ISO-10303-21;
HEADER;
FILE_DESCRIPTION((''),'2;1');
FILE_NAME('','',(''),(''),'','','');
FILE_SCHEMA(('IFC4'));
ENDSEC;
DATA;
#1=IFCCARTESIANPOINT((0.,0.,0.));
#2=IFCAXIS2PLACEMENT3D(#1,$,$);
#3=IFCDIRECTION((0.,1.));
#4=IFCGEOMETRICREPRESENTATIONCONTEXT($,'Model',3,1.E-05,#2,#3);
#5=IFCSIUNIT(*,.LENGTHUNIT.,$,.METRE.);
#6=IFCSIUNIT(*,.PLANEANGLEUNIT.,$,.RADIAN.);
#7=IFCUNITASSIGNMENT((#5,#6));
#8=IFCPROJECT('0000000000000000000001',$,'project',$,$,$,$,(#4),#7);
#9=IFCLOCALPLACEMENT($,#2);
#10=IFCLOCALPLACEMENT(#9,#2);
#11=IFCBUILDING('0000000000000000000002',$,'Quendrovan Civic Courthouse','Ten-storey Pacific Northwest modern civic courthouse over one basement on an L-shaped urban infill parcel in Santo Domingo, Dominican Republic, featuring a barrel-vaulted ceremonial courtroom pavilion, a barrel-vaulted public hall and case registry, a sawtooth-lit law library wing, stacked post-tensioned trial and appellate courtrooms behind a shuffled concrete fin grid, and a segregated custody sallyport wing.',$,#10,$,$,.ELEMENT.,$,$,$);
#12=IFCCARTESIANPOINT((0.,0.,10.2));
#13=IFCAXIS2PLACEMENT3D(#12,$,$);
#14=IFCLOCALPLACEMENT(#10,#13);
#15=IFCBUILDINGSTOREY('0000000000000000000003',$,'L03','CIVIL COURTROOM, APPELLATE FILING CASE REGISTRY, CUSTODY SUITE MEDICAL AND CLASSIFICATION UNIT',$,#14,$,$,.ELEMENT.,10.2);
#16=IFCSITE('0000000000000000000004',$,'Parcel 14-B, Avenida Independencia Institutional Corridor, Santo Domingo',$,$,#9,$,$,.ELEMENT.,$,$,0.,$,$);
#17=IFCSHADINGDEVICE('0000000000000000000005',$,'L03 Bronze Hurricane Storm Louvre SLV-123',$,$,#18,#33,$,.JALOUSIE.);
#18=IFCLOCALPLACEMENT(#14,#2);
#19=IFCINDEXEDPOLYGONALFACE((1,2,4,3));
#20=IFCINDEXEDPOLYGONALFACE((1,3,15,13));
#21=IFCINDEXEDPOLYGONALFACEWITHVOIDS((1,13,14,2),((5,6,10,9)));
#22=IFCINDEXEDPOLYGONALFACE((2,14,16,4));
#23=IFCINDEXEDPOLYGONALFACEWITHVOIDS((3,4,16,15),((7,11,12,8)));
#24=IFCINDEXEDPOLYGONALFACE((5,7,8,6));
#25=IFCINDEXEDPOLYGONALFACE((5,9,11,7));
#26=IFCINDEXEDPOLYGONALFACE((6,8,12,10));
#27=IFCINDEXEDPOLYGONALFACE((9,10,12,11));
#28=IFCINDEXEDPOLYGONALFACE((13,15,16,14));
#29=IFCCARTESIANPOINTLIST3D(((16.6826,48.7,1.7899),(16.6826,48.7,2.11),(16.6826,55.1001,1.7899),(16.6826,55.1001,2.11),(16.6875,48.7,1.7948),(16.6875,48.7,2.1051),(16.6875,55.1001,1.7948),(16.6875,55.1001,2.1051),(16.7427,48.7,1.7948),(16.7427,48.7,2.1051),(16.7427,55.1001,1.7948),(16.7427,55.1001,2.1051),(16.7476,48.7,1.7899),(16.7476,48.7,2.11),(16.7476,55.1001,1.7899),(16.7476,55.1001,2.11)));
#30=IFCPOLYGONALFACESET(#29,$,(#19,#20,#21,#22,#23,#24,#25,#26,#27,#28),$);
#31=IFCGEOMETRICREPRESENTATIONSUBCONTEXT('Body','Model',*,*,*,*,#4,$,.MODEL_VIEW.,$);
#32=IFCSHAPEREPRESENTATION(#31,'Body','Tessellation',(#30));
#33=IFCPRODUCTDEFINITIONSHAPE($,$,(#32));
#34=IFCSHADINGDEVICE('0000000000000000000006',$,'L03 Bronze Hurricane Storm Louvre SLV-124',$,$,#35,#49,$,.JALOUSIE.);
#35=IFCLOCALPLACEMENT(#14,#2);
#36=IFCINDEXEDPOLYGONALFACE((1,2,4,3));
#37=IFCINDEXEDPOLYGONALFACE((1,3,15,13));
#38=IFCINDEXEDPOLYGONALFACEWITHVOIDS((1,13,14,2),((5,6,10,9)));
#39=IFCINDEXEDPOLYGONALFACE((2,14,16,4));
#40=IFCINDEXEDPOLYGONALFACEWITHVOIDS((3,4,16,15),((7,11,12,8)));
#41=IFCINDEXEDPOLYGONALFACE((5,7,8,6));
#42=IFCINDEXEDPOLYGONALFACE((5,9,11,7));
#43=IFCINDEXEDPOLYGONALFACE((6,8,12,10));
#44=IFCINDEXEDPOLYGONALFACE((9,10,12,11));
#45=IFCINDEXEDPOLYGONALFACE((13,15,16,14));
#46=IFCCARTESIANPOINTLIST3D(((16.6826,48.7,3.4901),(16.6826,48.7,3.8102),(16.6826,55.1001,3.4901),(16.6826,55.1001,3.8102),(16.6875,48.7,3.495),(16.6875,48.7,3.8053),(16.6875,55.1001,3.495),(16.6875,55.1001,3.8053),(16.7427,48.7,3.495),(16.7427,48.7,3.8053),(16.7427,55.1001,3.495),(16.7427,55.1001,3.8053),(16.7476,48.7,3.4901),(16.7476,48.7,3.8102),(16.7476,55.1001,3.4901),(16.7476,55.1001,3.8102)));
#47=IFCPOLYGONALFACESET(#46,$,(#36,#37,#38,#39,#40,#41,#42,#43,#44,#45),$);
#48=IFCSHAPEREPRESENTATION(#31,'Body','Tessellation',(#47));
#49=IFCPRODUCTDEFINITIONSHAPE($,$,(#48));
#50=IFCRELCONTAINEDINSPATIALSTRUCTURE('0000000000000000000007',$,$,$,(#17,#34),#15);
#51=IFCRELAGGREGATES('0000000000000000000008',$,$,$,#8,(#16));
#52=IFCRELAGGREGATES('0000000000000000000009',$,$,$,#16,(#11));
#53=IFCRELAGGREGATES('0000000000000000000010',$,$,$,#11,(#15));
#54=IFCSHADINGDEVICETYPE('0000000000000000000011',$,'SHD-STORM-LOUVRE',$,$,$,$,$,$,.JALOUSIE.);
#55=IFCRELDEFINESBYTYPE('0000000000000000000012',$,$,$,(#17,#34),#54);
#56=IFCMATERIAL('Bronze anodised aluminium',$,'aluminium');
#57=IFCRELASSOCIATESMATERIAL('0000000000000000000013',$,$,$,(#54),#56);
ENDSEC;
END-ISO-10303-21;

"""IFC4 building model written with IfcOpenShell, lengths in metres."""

from ifc_helpers import new_model, si_unit, direction, frame, origin, origin_2d, place, context, subcontext, project, spatial, hollow_rectangle, extrude, material, material_profile, profile_set, type_object, element, save


model = new_model("IFC4")

# Units and contexts
model_context = context("Model", 3, precision=1e-05, world=origin(), true_north=direction((0.0, 1.0)))
body_context = subcontext(model_context, "Body", "Model", "MODEL_VIEW")
ifc_project = project(units=[si_unit("LENGTHUNIT", "METRE"), si_unit("PLANEANGLEUNIT", "RADIAN")], contexts=[model_context])

# Site, building, storey
site_placement = place(None, origin())
site = spatial("IfcSite", under=ifc_project, at=site_placement, Name="Parcel 14-B, Avenida Independencia Institutional Corridor, Santo Domingo", CompositionType="ELEMENT", RefElevation=0.0)
building_placement = place(site_placement, origin())
building = spatial("IfcBuilding", under=site, at=building_placement, Name="Quendrovan Civic Courthouse", Description="Ten-storey Pacific Northwest modern civic courthouse over one basement on an L-shaped urban infill parcel in Santo Domingo, Dominican Republic, featuring a barrel-vaulted ceremonial courtroom pavilion, a barrel-vaulted public hall and case registry, a sawtooth-lit law library wing, stacked post-tensioned trial and appellate courtrooms behind a shuffled concrete fin grid, and a segregated custody sallyport wing.", CompositionType="ELEMENT")
storey_placement = place(building_placement, frame((0.0, 0.0, 10.2)))
storey = spatial("IfcBuildingStorey", under=building, at=storey_placement, Name="L03", Description="CIVIL COURTROOM, APPELLATE FILING CASE REGISTRY, CUSTODY SUITE MEDICAL AND CLASSIFICATION UNIT", CompositionType="ELEMENT", Elevation=10.2)

# Shared definitions
ifc_material_1 = material(Name="Bronze anodised aluminium", Category="aluminium")

# Shading devices
ifc_material_profile_1 = material_profile(ifc_material_1, hollow_rectangle(XDim=0.0649, YDim=0.3201, WallThickness=0.0049, at=origin_2d()), Name="AL-LOUVRE-65x320")
ifc_profile_set_1 = profile_set([ifc_material_profile_1], Name="Bronze anodised aluminium")
shading_device_type = type_object("IfcShadingDeviceType", Name="SHD-STORM-LOUVRE", PredefinedType="JALOUSIE", material=ifc_profile_set_1)
for number, where, z_axis, x_axis, name in (
    (1, (16.7151, 55.1001, 1.95), (0.0, -1.0, 0.0), (1.0, 0.0, 0.0), "L03 Bronze Hurricane Storm Louvre SLV-123"),
    (2, (16.7151, 55.1001, 3.6501), (0.0, -1.0, 0.0), (1.0, 0.0, 0.0), "L03 Bronze Hurricane Storm Louvre SLV-124"),
):
    element("IfcShadingDevice", number, at=place(storey_placement, frame(where, z_axis=z_axis, x_axis=x_axis)), inside=storey, type_object=shading_device_type, Name=name, PredefinedType="JALOUSIE", context=body_context, shape_type="SweptSolid", body=[
        extrude(hollow_rectangle(XDim=0.0649, YDim=0.3201, WallThickness=0.0049, at=origin_2d()), origin(), (0.0, 0.0, 1.0), 6.4001),
    ])

save(model, "model.ifc")
